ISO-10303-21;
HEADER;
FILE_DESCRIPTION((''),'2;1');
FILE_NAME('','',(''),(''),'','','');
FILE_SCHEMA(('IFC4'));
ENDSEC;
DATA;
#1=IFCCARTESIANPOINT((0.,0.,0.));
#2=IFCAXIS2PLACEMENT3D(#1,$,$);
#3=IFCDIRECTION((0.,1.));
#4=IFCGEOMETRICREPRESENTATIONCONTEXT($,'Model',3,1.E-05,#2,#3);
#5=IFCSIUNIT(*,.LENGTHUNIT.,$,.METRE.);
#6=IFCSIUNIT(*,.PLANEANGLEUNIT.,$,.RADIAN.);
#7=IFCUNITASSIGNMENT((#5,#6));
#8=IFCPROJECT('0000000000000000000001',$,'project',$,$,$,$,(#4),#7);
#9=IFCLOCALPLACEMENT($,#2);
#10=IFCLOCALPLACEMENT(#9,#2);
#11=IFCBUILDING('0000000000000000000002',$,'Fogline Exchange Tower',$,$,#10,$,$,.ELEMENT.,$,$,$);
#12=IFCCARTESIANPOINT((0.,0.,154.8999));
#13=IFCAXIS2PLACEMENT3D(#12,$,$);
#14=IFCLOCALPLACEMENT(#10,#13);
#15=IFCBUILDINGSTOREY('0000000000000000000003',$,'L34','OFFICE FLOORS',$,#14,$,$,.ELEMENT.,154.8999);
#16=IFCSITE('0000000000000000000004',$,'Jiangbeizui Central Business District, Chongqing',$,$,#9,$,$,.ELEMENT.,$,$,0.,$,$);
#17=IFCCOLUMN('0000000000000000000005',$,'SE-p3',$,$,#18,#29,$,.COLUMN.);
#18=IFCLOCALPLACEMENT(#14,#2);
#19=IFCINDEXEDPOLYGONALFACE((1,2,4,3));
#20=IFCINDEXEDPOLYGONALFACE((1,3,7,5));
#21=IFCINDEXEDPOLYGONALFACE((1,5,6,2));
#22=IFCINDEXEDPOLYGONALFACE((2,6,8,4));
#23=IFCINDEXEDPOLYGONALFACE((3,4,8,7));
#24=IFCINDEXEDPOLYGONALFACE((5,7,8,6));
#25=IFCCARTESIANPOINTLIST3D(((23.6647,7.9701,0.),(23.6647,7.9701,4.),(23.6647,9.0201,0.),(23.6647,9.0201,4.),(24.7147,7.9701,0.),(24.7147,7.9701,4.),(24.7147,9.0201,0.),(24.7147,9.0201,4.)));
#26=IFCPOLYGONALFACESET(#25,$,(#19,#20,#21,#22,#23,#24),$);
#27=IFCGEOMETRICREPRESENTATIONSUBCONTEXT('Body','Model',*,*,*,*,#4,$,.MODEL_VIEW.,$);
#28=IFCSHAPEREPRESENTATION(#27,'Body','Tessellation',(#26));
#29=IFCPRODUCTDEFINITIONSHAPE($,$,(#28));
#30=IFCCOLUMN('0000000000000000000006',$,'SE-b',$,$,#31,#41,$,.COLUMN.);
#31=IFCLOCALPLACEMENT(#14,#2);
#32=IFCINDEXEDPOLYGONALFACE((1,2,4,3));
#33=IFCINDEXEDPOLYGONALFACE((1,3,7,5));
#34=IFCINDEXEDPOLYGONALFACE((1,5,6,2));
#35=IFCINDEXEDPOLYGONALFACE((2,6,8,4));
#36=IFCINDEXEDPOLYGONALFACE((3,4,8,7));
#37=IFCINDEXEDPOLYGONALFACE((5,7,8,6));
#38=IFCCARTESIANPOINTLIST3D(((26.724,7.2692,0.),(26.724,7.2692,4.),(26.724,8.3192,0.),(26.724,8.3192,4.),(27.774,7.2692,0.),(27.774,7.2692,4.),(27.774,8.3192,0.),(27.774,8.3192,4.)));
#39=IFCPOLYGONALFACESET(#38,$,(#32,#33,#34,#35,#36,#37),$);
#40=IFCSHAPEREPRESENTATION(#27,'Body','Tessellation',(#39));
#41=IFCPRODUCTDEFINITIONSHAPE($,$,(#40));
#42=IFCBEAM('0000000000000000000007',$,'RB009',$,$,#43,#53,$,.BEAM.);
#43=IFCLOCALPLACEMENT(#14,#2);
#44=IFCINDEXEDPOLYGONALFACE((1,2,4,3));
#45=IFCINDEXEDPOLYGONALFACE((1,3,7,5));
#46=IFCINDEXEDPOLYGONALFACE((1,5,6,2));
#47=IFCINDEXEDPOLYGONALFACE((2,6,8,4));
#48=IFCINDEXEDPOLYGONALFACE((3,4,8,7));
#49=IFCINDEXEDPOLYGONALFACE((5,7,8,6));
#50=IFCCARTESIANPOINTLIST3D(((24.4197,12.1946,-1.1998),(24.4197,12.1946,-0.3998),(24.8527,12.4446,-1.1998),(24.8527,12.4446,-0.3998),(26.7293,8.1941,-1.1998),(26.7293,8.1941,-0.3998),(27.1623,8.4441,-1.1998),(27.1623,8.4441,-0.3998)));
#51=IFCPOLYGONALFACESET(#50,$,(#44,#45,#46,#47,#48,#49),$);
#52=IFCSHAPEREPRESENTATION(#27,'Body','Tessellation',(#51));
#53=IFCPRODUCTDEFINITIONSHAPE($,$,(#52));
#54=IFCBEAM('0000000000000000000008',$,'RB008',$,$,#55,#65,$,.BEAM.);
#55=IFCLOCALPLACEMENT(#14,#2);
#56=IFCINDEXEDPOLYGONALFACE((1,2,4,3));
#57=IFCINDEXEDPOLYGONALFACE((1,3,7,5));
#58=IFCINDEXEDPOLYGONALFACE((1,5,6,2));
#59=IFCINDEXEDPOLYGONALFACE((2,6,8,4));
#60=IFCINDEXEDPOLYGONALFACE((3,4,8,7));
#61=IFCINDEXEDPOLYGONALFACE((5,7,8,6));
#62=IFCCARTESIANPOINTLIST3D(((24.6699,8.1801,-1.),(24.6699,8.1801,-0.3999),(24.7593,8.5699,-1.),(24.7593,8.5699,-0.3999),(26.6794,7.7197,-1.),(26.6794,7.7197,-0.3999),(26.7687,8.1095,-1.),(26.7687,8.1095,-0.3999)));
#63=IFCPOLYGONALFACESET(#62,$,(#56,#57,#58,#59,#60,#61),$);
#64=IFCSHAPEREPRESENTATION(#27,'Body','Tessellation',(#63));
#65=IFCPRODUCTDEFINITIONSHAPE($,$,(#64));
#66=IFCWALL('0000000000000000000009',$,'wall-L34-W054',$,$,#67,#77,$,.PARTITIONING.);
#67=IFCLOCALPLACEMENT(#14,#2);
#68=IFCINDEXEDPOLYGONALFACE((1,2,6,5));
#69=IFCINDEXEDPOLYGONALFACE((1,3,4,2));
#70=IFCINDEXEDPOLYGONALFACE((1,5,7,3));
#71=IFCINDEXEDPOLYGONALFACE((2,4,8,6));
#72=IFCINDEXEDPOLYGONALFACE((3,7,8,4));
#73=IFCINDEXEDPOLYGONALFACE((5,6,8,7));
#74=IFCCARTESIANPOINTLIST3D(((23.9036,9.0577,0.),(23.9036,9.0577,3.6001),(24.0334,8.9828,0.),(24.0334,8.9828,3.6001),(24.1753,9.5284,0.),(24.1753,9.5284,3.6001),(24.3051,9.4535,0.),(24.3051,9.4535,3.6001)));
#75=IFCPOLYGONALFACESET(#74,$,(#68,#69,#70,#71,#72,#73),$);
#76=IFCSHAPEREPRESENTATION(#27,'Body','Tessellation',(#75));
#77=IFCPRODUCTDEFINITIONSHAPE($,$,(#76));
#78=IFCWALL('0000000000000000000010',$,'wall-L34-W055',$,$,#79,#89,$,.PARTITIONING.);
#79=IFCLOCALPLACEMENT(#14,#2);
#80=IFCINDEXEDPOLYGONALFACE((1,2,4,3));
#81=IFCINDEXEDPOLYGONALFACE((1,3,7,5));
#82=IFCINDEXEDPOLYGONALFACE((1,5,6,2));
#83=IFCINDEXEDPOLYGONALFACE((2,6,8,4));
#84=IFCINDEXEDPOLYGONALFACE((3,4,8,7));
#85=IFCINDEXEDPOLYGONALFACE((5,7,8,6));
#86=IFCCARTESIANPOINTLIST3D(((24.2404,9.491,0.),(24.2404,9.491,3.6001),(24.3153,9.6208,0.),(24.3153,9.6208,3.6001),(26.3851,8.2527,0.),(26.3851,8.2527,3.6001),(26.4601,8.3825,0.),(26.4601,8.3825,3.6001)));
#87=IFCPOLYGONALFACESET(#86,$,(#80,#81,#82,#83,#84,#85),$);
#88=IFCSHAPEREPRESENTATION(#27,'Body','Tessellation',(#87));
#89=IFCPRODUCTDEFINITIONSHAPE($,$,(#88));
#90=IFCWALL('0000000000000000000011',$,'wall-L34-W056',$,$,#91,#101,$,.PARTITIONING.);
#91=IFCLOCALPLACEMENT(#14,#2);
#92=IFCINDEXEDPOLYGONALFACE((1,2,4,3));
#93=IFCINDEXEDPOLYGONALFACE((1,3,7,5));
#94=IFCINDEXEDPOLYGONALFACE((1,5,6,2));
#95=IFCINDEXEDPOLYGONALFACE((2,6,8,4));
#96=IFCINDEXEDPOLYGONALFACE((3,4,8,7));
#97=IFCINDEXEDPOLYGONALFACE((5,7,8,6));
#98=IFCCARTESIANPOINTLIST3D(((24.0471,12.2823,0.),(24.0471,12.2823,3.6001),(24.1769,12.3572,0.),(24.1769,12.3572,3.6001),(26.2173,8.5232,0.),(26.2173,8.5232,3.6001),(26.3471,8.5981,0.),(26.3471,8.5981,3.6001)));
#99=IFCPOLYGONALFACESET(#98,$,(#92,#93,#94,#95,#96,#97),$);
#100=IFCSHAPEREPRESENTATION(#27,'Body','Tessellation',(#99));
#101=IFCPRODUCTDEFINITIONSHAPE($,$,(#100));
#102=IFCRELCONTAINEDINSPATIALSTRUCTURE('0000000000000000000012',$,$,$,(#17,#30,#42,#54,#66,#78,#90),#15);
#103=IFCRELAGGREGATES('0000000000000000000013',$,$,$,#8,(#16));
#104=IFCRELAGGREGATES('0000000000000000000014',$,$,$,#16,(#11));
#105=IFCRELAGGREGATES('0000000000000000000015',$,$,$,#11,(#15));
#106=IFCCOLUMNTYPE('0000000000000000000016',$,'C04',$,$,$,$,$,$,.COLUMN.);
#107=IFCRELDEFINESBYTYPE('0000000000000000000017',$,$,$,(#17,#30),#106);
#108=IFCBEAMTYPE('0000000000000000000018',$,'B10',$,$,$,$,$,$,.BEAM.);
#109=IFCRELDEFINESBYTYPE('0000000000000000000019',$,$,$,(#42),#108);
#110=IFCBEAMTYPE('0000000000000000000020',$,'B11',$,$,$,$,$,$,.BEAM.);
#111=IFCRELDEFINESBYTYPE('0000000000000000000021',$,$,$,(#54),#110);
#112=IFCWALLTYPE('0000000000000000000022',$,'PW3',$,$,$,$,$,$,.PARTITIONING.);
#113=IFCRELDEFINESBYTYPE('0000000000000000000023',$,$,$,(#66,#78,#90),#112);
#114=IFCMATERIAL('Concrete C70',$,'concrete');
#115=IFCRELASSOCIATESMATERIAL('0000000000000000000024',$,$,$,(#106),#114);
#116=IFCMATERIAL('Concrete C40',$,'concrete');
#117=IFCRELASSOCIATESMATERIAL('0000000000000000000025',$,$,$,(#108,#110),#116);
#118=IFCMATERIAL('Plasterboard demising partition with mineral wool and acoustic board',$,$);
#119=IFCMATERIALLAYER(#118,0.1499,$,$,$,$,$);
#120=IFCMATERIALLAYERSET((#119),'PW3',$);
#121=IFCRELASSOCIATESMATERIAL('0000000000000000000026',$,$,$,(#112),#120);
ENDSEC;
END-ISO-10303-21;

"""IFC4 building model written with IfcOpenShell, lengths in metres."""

from ifc_helpers import new_model, si_unit, direction, frame, frame_2d, origin, origin_2d, place, context, subcontext, project, spatial, rectangle, extrude, material, layer, layer_set, material_profile, profile_set, type_object, element, save


model = new_model("IFC4")

# Units and contexts
model_context = context("Model", 3, precision=1e-05, world=origin(), true_north=direction((0.0, 1.0)))
body_context = subcontext(model_context, "Body", "Model", "MODEL_VIEW")
ifc_project = project(units=[si_unit("LENGTHUNIT", "METRE"), si_unit("PLANEANGLEUNIT", "RADIAN")], contexts=[model_context])

# Site, building, storey
site_placement = place(None, origin())
site = spatial("IfcSite", under=ifc_project, at=site_placement, Name="Jiangbeizui Central Business District, Chongqing", CompositionType="ELEMENT", RefElevation=0.0)
building_placement = place(site_placement, origin())
building = spatial("IfcBuilding", under=site, at=building_placement, Name="Fogline Exchange Tower", CompositionType="ELEMENT")
storey_placement = place(building_placement, frame((0.0, 0.0, 154.8999)))
storey = spatial("IfcBuildingStorey", under=building, at=storey_placement, Name="L34", Description="OFFICE FLOORS", CompositionType="ELEMENT", Elevation=154.8999)

# Columns
ifc_material_1 = material(Name="Concrete C70", Category="concrete")
ifc_material_profile_1 = material_profile(ifc_material_1, rectangle(XDim=1.05, YDim=1.05, at=origin_2d()), Name="RC 1050x1050")
ifc_profile_set_1 = profile_set([ifc_material_profile_1], Name="Concrete C70")
column_type = type_object("IfcColumnType", Name="C04", PredefinedType="COLUMN", material=ifc_profile_set_1)
for number, where, z_axis, x_axis, name in (
    (1, (24.1897, 8.4951, 0.0), (0.0, 0.0, 1.0), (1.0, 0.0, 0.0), "SE-p3"),
    (2, (27.249, 7.7942, 0.0), (0.0, 0.0, 1.0), (1.0, 0.0, 0.0), "SE-b"),
):
    element("IfcColumn", number, at=place(storey_placement, frame(where, z_axis=z_axis, x_axis=x_axis)), inside=storey, type_object=column_type, Name=name, PredefinedType="COLUMN", context=body_context, shape_type="SweptSolid", body=[
        extrude(rectangle(XDim=1.05, YDim=1.05, at=origin_2d()), origin(), (0.0, 0.0, 1.0), 4.0),
    ])

# Beams
ifc_material_2 = material(Name="Concrete C40", Category="concrete")
ifc_material_profile_2 = material_profile(ifc_material_2, rectangle(XDim=0.5, YDim=0.8, at=origin_2d()), Name="RC 500x800")
ifc_profile_set_2 = profile_set([ifc_material_profile_2], Name="Concrete C40")
beam_type_1 = type_object("IfcBeamType", Name="B10", PredefinedType="BEAM", material=ifc_profile_set_2)
beam_1_placement = place(storey_placement, frame((26.9458, 8.3191, -0.7998), z_axis=(-0.499982, 0.866036, 0.0), x_axis=(-0.866036, -0.499982, 0.0)))
element("IfcBeam", 3, at=beam_1_placement, inside=storey, type_object=beam_type_1, Name="RB009", PredefinedType="BEAM", context=body_context, shape_type="SweptSolid", body=[
    extrude(rectangle(XDim=0.5, YDim=0.8, at=origin_2d()), origin(), (0.0, 0.0, 1.0), 4.6194),
])
ifc_material_profile_3 = material_profile(ifc_material_2, rectangle(XDim=0.3999, YDim=0.6001, at=origin_2d()), Name="RC 400x600")
ifc_profile_set_3 = profile_set([ifc_material_profile_3], Name="Concrete C40")
beam_type_2 = type_object("IfcBeamType", Name="B11", PredefinedType="BEAM", material=ifc_profile_set_3)
beam_2_placement = place(storey_placement, frame((24.7146, 8.375, -0.7), z_axis=(0.974739, -0.223346, 0.0), x_axis=(0.223346, 0.974739, 0.0)))
element("IfcBeam", 4, at=beam_2_placement, inside=storey, type_object=beam_type_2, Name="RB008", PredefinedType="BEAM", context=body_context, shape_type="SweptSolid", body=[
    extrude(rectangle(XDim=0.3999, YDim=0.6001, at=origin_2d()), origin(), (0.0, 0.0, 1.0), 2.0615),
])

# Walls
ifc_material_3 = material(Name="Plasterboard demising partition with mineral wool and acoustic board")
ifc_layer_1 = layer(ifc_material_3, 0.1499)
ifc_layer_set_1 = layer_set([ifc_layer_1], Name="PW3")
wall_type_1 = type_object("IfcWallType", Name="PW3", PredefinedType="PARTITIONING", material=ifc_layer_set_1)
wall_1_placement = place(storey_placement, frame((23.9685, 9.0203, 0.0), z_axis=(0.0, 0.0, 1.0), x_axis=(0.499956, 0.866051, 0.0)))
element("IfcWall", 5, at=wall_1_placement, inside=storey, type_object=wall_type_1, Name="wall-L34-W054", PredefinedType="PARTITIONING", context=body_context, shape_type="SweptSolid", body=[
    extrude(rectangle(XDim=0.5435, YDim=0.1499, at=frame_2d((0.2717, 0.0))), origin(), (0.0, 0.0, 1.0), 3.6001),
])
wall_2_placement = place(storey_placement, frame((24.2778, 9.5559, 0.0), z_axis=(0.0, 0.0, 1.0), x_axis=(0.866026, -0.499998, 0.0)))
element("IfcWall", 6, at=wall_2_placement, inside=storey, type_object=wall_type_1, Name="wall-L34-W055", PredefinedType="PARTITIONING", context=body_context, shape_type="SweptSolid", body=[
    extrude(rectangle(XDim=2.4766, YDim=0.1499, at=frame_2d((1.2383, 0.0))), origin(), (0.0, 0.0, 1.0), 3.6001),
])
wall_3_placement = place(storey_placement, frame((26.2822, 8.5605, 0.0), z_axis=(0.0, 0.0, 1.0), x_axis=(-0.499981, 0.866037, 0.0)))
element("IfcWall", 7, at=wall_3_placement, inside=storey, type_object=wall_type_1, Name="wall-L34-W056", PredefinedType="PARTITIONING", context=body_context, shape_type="SweptSolid", body=[
    extrude(rectangle(XDim=4.3406, YDim=0.1499, at=frame_2d((2.1704, 0.0))), origin(), (0.0, 0.0, 1.0), 3.6001),
])

save(model, "model.ifc")
